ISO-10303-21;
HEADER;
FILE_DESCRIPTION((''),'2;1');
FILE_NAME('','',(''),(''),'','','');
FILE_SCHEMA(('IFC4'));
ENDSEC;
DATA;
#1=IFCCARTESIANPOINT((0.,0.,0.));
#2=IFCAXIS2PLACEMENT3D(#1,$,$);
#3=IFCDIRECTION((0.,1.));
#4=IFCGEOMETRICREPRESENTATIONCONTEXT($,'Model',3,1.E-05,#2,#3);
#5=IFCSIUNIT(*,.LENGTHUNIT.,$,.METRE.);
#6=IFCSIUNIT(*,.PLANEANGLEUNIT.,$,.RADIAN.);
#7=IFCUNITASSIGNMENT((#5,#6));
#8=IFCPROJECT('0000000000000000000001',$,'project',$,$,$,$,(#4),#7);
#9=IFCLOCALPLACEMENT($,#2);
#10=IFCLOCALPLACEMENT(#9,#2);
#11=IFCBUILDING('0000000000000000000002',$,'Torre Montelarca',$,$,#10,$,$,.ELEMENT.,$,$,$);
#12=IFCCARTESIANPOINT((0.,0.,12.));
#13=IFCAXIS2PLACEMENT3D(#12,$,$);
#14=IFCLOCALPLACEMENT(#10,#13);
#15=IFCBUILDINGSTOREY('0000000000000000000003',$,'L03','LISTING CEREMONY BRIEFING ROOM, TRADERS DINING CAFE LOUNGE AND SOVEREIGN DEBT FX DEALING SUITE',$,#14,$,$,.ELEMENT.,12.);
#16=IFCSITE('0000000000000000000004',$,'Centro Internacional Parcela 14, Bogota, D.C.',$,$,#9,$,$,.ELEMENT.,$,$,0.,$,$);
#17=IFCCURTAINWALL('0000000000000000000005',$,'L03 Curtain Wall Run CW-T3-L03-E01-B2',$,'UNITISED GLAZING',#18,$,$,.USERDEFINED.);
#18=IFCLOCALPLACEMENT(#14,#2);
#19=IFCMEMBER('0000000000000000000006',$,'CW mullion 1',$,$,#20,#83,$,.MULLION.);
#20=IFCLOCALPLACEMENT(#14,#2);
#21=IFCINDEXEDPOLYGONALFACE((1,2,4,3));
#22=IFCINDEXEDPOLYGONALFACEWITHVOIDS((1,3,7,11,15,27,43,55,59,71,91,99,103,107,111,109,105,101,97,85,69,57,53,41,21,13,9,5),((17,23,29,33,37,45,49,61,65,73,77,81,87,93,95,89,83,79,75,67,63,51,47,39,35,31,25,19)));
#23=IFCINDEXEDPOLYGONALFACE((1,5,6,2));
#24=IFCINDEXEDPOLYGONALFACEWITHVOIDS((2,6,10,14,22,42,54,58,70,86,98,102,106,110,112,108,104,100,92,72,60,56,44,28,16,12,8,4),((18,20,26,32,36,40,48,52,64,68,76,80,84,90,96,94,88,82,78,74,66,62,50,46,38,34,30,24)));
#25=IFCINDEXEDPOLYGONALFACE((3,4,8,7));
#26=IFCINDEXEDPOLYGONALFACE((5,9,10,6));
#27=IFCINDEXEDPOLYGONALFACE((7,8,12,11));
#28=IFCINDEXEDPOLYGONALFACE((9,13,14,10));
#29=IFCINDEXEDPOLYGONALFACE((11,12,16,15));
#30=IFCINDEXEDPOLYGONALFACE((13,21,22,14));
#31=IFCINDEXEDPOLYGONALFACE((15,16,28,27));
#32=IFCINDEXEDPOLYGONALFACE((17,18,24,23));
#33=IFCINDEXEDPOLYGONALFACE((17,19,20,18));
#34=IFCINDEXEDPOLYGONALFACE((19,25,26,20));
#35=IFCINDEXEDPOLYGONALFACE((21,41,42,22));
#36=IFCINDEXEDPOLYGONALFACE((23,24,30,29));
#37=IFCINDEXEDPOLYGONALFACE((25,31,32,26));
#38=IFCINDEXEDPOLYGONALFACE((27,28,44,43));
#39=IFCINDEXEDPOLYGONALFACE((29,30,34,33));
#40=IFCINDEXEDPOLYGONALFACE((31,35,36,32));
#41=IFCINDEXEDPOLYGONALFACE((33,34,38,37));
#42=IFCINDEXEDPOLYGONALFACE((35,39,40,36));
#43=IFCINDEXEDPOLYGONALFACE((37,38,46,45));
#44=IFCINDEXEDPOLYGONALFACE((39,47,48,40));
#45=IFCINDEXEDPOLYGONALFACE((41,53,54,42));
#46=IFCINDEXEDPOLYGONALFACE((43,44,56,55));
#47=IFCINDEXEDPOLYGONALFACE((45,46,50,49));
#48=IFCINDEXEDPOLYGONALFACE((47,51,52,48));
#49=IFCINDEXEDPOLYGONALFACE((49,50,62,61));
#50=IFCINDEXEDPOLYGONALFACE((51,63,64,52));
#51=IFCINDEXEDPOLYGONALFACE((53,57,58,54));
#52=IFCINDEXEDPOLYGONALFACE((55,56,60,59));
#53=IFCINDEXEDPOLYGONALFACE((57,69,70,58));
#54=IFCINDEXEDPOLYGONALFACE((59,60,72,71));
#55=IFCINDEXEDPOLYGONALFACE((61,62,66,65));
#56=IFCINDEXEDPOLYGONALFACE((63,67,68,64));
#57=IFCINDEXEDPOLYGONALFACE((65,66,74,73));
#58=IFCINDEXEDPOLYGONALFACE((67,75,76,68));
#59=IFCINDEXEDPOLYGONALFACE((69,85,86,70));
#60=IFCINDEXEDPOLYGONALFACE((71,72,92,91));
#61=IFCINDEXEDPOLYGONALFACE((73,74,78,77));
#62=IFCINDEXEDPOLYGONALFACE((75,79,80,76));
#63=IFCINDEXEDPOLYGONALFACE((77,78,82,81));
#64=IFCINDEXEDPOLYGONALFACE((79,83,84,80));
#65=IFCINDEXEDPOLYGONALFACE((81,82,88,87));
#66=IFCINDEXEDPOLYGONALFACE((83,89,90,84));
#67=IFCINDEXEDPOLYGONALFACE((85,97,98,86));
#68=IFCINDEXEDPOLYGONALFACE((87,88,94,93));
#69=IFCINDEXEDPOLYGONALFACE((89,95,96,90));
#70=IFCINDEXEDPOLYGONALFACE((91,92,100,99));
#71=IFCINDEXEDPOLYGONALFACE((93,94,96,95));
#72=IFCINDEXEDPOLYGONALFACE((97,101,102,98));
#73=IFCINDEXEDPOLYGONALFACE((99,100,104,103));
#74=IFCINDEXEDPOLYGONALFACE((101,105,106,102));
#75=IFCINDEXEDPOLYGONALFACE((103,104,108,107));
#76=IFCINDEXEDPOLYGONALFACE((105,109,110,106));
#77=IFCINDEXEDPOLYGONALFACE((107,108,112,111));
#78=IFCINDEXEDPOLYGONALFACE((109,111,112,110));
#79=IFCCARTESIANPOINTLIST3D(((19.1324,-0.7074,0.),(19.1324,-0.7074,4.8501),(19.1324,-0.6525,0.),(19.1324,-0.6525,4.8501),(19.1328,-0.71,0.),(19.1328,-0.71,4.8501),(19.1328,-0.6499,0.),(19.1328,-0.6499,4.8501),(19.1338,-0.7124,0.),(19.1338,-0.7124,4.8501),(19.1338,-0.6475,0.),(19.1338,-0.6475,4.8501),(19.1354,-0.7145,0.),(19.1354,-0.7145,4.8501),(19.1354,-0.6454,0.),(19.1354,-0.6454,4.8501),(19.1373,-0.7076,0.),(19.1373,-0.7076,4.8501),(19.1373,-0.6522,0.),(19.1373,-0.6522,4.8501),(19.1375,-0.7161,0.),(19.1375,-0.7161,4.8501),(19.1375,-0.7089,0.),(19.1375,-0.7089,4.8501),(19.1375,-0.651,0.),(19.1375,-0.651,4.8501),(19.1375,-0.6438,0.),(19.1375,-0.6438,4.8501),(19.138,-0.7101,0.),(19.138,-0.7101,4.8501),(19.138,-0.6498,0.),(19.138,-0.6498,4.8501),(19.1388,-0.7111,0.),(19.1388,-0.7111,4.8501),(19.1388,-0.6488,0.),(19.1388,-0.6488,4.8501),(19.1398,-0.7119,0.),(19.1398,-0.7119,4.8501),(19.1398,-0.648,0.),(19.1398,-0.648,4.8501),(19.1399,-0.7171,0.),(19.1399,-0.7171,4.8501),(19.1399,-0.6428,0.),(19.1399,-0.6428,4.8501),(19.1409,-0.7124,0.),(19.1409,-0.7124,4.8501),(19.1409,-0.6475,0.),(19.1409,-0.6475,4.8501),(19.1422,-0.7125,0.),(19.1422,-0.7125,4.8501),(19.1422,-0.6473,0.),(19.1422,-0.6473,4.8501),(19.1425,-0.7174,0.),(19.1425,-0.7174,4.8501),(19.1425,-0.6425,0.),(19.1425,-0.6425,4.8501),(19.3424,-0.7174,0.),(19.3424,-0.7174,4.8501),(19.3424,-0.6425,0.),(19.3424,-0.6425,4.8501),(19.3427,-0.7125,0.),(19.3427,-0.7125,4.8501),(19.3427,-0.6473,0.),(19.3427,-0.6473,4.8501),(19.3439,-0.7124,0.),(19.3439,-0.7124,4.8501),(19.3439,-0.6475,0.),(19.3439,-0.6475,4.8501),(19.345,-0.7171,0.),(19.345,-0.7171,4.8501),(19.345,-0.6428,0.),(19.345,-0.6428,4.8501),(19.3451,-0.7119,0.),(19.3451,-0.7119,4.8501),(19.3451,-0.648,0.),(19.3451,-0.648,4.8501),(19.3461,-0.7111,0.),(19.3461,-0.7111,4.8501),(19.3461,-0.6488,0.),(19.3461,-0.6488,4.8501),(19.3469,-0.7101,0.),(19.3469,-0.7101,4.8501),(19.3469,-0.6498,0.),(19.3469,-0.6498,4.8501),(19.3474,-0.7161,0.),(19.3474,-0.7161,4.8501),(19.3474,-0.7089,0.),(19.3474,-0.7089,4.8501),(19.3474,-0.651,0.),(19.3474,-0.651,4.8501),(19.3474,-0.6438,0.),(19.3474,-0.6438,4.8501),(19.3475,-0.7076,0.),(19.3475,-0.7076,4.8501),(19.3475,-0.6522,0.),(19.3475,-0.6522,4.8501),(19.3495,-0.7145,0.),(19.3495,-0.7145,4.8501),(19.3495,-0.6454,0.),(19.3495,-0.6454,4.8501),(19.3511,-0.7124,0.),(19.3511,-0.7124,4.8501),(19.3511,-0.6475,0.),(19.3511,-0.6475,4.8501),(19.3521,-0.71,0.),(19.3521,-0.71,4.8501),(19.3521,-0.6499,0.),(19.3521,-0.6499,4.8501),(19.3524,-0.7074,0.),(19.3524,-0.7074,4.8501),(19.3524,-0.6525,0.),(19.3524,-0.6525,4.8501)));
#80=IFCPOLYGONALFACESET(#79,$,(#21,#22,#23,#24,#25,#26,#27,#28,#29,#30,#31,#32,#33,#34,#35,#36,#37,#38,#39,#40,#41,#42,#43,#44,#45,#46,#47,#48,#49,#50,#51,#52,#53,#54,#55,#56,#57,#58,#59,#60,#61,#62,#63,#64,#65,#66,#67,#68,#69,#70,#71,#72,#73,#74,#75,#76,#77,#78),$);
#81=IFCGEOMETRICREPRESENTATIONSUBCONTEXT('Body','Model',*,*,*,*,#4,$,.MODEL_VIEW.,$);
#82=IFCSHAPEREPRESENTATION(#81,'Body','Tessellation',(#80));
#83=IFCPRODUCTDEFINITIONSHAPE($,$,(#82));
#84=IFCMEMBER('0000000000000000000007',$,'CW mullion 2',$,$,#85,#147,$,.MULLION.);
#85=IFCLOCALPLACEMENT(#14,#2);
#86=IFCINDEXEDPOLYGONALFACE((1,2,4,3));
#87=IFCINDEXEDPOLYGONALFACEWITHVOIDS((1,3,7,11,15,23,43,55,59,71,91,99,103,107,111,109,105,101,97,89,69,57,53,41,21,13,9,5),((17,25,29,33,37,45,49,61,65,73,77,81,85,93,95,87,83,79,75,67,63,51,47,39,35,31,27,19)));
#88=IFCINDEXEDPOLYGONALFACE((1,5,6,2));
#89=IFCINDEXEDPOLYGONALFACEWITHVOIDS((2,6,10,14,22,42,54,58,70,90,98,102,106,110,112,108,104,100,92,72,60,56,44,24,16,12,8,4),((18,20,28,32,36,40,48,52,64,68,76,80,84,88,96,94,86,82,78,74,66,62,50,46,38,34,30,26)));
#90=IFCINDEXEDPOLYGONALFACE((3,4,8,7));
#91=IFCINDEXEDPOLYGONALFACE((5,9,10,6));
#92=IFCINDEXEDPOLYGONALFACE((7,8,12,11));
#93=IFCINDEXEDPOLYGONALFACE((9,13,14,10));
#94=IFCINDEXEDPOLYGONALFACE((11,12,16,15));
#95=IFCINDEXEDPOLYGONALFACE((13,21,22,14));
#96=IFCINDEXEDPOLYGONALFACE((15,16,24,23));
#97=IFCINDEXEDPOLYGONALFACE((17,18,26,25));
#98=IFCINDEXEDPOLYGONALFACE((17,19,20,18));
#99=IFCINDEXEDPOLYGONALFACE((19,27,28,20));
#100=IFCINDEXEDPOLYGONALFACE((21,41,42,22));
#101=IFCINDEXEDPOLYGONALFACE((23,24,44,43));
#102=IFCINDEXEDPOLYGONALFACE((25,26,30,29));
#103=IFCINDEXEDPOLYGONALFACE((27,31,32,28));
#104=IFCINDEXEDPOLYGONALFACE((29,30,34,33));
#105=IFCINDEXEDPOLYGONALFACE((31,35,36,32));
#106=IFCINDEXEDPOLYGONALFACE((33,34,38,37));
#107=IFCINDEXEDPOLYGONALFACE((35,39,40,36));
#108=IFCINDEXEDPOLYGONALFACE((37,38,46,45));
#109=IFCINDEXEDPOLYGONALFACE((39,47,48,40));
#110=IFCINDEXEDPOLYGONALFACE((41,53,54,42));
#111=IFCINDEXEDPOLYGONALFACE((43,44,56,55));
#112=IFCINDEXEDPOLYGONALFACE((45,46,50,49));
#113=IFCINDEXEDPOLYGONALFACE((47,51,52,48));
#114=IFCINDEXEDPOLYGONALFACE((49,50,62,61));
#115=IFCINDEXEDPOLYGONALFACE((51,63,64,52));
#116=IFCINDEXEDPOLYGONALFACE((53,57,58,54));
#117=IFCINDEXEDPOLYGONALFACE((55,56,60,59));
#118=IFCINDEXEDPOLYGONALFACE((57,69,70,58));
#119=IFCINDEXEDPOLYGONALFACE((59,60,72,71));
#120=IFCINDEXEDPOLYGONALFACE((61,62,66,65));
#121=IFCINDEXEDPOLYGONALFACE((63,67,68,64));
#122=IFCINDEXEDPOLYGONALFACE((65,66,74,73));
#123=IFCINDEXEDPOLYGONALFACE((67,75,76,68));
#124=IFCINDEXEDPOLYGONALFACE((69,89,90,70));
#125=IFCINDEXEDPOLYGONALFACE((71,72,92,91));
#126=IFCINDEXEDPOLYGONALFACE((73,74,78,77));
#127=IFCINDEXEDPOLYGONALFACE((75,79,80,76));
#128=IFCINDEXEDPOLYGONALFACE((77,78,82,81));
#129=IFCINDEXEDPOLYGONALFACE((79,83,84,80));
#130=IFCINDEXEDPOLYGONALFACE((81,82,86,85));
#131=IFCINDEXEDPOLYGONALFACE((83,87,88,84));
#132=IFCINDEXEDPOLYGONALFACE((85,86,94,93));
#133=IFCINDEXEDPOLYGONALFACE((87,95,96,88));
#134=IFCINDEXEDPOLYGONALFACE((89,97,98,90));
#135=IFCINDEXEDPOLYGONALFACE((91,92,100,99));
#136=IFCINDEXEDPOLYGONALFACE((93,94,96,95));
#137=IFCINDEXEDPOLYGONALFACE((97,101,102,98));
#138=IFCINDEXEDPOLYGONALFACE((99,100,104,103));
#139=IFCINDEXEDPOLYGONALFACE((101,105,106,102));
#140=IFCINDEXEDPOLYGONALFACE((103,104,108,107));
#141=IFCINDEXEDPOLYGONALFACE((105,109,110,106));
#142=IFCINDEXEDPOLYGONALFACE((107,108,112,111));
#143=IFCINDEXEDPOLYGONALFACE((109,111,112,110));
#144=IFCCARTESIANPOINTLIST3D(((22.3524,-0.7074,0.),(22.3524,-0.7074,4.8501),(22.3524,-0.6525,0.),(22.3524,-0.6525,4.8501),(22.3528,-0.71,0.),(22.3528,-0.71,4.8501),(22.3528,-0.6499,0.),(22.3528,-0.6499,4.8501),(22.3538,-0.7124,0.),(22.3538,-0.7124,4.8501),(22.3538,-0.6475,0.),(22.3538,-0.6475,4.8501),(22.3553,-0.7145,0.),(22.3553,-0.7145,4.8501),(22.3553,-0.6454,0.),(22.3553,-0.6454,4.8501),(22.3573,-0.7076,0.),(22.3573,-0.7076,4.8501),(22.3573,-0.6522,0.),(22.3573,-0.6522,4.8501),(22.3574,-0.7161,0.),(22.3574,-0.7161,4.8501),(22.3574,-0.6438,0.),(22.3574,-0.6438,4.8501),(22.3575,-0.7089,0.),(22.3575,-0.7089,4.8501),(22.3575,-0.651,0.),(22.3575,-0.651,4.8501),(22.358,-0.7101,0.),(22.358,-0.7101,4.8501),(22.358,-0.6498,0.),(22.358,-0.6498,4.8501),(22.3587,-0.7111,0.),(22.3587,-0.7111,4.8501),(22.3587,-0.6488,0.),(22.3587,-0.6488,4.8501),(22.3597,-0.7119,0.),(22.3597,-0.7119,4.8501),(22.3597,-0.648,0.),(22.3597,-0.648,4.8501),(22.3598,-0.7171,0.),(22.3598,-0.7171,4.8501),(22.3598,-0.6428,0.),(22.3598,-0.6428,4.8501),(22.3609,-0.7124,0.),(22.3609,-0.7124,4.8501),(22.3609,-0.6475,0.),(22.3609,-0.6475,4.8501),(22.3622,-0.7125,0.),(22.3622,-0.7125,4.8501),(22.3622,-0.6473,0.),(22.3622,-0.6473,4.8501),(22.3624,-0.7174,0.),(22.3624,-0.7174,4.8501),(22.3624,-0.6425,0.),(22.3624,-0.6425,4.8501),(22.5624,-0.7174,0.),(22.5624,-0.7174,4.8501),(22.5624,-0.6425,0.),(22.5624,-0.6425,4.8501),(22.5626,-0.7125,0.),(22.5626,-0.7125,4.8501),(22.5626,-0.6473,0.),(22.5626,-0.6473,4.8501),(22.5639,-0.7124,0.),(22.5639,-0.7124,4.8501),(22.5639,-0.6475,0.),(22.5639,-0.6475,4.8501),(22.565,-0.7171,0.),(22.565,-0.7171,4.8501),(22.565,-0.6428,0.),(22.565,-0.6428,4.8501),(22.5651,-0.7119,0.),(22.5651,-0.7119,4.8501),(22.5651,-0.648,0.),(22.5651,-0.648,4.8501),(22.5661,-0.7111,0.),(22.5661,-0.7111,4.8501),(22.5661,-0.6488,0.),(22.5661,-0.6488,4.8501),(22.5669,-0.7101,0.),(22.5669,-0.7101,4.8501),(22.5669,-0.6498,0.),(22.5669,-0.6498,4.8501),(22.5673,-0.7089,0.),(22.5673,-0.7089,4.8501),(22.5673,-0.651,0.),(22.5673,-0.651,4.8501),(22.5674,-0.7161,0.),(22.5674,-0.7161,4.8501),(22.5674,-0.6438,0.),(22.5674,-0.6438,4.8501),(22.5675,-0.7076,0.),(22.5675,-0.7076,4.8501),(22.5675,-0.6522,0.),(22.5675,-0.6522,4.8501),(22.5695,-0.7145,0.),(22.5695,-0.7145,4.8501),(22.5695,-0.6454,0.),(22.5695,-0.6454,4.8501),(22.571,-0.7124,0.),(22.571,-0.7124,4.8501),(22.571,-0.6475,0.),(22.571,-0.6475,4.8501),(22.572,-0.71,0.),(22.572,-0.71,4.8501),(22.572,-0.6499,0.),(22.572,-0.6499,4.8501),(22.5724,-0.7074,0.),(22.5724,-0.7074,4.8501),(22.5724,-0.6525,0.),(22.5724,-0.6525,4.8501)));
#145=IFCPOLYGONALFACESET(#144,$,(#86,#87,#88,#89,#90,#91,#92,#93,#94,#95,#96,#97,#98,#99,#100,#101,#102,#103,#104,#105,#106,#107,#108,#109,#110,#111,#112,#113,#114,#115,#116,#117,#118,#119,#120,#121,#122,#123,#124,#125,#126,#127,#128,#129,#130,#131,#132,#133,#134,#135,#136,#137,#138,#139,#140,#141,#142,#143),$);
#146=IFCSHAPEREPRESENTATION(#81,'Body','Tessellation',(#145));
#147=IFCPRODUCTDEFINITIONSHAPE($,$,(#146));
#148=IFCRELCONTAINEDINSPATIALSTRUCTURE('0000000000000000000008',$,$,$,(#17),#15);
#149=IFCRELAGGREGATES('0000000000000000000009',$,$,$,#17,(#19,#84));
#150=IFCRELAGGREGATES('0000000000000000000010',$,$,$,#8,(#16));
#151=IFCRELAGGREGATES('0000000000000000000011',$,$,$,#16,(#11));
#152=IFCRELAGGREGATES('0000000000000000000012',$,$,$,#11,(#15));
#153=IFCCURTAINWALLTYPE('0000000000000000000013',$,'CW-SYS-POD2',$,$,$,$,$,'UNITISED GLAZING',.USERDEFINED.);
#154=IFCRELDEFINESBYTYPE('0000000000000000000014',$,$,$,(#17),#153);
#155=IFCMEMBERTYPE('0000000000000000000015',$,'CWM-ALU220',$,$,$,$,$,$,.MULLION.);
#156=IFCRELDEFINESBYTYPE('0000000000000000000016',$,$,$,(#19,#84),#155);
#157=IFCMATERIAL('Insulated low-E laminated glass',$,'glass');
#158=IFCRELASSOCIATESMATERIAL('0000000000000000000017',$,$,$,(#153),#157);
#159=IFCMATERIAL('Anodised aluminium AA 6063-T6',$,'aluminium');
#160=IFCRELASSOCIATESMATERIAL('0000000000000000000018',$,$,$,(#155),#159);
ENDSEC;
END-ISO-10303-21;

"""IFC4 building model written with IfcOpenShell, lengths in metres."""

from ifc_helpers import new_model, si_unit, direction, frame, origin, origin_2d, place, context, subcontext, project, spatial, hollow_rectangle, extrude, source, transform, mapped, material, material_profile, profile_set, type_object, element, aggregate, save


model = new_model("IFC4")

# Units and contexts
model_context = context("Model", 3, precision=1e-05, world=origin(), true_north=direction((0.0, 1.0)))
body_context = subcontext(model_context, "Body", "Model", "MODEL_VIEW")
ifc_project = project(units=[si_unit("LENGTHUNIT", "METRE"), si_unit("PLANEANGLEUNIT", "RADIAN")], contexts=[model_context])

# Site, building, storey
site_placement = place(None, origin())
site = spatial("IfcSite", under=ifc_project, at=site_placement, Name="Centro Internacional Parcela 14, Bogota, D.C.", CompositionType="ELEMENT", RefElevation=0.0)
building_placement = place(site_placement, origin())
building = spatial("IfcBuilding", under=site, at=building_placement, Name="Torre Montelarca", CompositionType="ELEMENT")
storey_placement = place(building_placement, frame((0.0, 0.0, 12.0)))
storey = spatial("IfcBuildingStorey", under=building, at=storey_placement, Name="L03", Description="LISTING CEREMONY BRIEFING ROOM, TRADERS DINING CAFE LOUNGE AND SOVEREIGN DEBT FX DEALING SUITE", CompositionType="ELEMENT", Elevation=12.0)

# Curtain wall
ifc_material_1 = material(Name="Insulated low-E laminated glass", Category="glass")
curtain_wall_type = type_object("IfcCurtainWallType", Name="CW-SYS-POD2", ElementType="UNITISED GLAZING", PredefinedType="USERDEFINED", material=ifc_material_1)
ifc_material_2 = material(Name="Anodised aluminium AA 6063-T6", Category="aluminium")
curtain_wall_1_placement = place(storey_placement, origin())
curtain_wall_1 = element("IfcCurtainWall", 1, at=curtain_wall_1_placement, inside=storey, type_object=curtain_wall_type, Name="L03 Curtain Wall Run CW-T3-L03-E01-B2", ObjectType="UNITISED GLAZING", PredefinedType="USERDEFINED")

# Members
ifc_material_profile_1 = material_profile(ifc_material_2, hollow_rectangle(XDim=0.075, YDim=0.22, WallThickness=0.0049, InnerFilletRadius=0.0049, OuterFilletRadius=0.01, at=origin_2d()), Name="ALU75X220X5", Category="aluminium")
ifc_profile_set_1 = profile_set([ifc_material_profile_1], Name="Anodised aluminium AA 6063-T6")
member_type_1 = type_object("IfcMemberType", Name="CWM-ALU220", PredefinedType="MULLION", material=ifc_profile_set_1)
shared_shape_1 = source(origin(), body_context, "Body", "SweptSolid", [
    extrude(hollow_rectangle(XDim=0.075, YDim=0.22, WallThickness=0.0049, InnerFilletRadius=0.0049, OuterFilletRadius=0.01, at=origin_2d()), origin(), (0.0, 0.0, 1.0), 4.8501),
])
member_1_placement = place(storey_placement, frame((19.2424, -0.6799, 0.0), z_axis=(0.0, 0.0, 1.0), x_axis=(0.0, 1.0, 0.0)))
member_1 = element("IfcMember", 2, at=member_1_placement, type_object=member_type_1, Name="CW mullion 1", PredefinedType="MULLION", context=body_context, shape_type="MappedRepresentation", body=[
    mapped(shared_shape_1, transform((0.0, 0.0, 0.0), scale=1.0)),
])
member_2_placement = place(storey_placement, frame((22.4624, -0.6799, 0.0), z_axis=(0.0, 0.0, 1.0), x_axis=(0.0, 1.0, 0.0)))
member_2 = element("IfcMember", 3, at=member_2_placement, type_object=member_type_1, Name="CW mullion 2", PredefinedType="MULLION", context=body_context, shape_type="MappedRepresentation", body=[
    mapped(shared_shape_1, transform((0.0, 0.0, 0.0), scale=1.0)),
])

aggregate(curtain_wall_1, [member_1, member_2])

save(model, "model.ifc")
